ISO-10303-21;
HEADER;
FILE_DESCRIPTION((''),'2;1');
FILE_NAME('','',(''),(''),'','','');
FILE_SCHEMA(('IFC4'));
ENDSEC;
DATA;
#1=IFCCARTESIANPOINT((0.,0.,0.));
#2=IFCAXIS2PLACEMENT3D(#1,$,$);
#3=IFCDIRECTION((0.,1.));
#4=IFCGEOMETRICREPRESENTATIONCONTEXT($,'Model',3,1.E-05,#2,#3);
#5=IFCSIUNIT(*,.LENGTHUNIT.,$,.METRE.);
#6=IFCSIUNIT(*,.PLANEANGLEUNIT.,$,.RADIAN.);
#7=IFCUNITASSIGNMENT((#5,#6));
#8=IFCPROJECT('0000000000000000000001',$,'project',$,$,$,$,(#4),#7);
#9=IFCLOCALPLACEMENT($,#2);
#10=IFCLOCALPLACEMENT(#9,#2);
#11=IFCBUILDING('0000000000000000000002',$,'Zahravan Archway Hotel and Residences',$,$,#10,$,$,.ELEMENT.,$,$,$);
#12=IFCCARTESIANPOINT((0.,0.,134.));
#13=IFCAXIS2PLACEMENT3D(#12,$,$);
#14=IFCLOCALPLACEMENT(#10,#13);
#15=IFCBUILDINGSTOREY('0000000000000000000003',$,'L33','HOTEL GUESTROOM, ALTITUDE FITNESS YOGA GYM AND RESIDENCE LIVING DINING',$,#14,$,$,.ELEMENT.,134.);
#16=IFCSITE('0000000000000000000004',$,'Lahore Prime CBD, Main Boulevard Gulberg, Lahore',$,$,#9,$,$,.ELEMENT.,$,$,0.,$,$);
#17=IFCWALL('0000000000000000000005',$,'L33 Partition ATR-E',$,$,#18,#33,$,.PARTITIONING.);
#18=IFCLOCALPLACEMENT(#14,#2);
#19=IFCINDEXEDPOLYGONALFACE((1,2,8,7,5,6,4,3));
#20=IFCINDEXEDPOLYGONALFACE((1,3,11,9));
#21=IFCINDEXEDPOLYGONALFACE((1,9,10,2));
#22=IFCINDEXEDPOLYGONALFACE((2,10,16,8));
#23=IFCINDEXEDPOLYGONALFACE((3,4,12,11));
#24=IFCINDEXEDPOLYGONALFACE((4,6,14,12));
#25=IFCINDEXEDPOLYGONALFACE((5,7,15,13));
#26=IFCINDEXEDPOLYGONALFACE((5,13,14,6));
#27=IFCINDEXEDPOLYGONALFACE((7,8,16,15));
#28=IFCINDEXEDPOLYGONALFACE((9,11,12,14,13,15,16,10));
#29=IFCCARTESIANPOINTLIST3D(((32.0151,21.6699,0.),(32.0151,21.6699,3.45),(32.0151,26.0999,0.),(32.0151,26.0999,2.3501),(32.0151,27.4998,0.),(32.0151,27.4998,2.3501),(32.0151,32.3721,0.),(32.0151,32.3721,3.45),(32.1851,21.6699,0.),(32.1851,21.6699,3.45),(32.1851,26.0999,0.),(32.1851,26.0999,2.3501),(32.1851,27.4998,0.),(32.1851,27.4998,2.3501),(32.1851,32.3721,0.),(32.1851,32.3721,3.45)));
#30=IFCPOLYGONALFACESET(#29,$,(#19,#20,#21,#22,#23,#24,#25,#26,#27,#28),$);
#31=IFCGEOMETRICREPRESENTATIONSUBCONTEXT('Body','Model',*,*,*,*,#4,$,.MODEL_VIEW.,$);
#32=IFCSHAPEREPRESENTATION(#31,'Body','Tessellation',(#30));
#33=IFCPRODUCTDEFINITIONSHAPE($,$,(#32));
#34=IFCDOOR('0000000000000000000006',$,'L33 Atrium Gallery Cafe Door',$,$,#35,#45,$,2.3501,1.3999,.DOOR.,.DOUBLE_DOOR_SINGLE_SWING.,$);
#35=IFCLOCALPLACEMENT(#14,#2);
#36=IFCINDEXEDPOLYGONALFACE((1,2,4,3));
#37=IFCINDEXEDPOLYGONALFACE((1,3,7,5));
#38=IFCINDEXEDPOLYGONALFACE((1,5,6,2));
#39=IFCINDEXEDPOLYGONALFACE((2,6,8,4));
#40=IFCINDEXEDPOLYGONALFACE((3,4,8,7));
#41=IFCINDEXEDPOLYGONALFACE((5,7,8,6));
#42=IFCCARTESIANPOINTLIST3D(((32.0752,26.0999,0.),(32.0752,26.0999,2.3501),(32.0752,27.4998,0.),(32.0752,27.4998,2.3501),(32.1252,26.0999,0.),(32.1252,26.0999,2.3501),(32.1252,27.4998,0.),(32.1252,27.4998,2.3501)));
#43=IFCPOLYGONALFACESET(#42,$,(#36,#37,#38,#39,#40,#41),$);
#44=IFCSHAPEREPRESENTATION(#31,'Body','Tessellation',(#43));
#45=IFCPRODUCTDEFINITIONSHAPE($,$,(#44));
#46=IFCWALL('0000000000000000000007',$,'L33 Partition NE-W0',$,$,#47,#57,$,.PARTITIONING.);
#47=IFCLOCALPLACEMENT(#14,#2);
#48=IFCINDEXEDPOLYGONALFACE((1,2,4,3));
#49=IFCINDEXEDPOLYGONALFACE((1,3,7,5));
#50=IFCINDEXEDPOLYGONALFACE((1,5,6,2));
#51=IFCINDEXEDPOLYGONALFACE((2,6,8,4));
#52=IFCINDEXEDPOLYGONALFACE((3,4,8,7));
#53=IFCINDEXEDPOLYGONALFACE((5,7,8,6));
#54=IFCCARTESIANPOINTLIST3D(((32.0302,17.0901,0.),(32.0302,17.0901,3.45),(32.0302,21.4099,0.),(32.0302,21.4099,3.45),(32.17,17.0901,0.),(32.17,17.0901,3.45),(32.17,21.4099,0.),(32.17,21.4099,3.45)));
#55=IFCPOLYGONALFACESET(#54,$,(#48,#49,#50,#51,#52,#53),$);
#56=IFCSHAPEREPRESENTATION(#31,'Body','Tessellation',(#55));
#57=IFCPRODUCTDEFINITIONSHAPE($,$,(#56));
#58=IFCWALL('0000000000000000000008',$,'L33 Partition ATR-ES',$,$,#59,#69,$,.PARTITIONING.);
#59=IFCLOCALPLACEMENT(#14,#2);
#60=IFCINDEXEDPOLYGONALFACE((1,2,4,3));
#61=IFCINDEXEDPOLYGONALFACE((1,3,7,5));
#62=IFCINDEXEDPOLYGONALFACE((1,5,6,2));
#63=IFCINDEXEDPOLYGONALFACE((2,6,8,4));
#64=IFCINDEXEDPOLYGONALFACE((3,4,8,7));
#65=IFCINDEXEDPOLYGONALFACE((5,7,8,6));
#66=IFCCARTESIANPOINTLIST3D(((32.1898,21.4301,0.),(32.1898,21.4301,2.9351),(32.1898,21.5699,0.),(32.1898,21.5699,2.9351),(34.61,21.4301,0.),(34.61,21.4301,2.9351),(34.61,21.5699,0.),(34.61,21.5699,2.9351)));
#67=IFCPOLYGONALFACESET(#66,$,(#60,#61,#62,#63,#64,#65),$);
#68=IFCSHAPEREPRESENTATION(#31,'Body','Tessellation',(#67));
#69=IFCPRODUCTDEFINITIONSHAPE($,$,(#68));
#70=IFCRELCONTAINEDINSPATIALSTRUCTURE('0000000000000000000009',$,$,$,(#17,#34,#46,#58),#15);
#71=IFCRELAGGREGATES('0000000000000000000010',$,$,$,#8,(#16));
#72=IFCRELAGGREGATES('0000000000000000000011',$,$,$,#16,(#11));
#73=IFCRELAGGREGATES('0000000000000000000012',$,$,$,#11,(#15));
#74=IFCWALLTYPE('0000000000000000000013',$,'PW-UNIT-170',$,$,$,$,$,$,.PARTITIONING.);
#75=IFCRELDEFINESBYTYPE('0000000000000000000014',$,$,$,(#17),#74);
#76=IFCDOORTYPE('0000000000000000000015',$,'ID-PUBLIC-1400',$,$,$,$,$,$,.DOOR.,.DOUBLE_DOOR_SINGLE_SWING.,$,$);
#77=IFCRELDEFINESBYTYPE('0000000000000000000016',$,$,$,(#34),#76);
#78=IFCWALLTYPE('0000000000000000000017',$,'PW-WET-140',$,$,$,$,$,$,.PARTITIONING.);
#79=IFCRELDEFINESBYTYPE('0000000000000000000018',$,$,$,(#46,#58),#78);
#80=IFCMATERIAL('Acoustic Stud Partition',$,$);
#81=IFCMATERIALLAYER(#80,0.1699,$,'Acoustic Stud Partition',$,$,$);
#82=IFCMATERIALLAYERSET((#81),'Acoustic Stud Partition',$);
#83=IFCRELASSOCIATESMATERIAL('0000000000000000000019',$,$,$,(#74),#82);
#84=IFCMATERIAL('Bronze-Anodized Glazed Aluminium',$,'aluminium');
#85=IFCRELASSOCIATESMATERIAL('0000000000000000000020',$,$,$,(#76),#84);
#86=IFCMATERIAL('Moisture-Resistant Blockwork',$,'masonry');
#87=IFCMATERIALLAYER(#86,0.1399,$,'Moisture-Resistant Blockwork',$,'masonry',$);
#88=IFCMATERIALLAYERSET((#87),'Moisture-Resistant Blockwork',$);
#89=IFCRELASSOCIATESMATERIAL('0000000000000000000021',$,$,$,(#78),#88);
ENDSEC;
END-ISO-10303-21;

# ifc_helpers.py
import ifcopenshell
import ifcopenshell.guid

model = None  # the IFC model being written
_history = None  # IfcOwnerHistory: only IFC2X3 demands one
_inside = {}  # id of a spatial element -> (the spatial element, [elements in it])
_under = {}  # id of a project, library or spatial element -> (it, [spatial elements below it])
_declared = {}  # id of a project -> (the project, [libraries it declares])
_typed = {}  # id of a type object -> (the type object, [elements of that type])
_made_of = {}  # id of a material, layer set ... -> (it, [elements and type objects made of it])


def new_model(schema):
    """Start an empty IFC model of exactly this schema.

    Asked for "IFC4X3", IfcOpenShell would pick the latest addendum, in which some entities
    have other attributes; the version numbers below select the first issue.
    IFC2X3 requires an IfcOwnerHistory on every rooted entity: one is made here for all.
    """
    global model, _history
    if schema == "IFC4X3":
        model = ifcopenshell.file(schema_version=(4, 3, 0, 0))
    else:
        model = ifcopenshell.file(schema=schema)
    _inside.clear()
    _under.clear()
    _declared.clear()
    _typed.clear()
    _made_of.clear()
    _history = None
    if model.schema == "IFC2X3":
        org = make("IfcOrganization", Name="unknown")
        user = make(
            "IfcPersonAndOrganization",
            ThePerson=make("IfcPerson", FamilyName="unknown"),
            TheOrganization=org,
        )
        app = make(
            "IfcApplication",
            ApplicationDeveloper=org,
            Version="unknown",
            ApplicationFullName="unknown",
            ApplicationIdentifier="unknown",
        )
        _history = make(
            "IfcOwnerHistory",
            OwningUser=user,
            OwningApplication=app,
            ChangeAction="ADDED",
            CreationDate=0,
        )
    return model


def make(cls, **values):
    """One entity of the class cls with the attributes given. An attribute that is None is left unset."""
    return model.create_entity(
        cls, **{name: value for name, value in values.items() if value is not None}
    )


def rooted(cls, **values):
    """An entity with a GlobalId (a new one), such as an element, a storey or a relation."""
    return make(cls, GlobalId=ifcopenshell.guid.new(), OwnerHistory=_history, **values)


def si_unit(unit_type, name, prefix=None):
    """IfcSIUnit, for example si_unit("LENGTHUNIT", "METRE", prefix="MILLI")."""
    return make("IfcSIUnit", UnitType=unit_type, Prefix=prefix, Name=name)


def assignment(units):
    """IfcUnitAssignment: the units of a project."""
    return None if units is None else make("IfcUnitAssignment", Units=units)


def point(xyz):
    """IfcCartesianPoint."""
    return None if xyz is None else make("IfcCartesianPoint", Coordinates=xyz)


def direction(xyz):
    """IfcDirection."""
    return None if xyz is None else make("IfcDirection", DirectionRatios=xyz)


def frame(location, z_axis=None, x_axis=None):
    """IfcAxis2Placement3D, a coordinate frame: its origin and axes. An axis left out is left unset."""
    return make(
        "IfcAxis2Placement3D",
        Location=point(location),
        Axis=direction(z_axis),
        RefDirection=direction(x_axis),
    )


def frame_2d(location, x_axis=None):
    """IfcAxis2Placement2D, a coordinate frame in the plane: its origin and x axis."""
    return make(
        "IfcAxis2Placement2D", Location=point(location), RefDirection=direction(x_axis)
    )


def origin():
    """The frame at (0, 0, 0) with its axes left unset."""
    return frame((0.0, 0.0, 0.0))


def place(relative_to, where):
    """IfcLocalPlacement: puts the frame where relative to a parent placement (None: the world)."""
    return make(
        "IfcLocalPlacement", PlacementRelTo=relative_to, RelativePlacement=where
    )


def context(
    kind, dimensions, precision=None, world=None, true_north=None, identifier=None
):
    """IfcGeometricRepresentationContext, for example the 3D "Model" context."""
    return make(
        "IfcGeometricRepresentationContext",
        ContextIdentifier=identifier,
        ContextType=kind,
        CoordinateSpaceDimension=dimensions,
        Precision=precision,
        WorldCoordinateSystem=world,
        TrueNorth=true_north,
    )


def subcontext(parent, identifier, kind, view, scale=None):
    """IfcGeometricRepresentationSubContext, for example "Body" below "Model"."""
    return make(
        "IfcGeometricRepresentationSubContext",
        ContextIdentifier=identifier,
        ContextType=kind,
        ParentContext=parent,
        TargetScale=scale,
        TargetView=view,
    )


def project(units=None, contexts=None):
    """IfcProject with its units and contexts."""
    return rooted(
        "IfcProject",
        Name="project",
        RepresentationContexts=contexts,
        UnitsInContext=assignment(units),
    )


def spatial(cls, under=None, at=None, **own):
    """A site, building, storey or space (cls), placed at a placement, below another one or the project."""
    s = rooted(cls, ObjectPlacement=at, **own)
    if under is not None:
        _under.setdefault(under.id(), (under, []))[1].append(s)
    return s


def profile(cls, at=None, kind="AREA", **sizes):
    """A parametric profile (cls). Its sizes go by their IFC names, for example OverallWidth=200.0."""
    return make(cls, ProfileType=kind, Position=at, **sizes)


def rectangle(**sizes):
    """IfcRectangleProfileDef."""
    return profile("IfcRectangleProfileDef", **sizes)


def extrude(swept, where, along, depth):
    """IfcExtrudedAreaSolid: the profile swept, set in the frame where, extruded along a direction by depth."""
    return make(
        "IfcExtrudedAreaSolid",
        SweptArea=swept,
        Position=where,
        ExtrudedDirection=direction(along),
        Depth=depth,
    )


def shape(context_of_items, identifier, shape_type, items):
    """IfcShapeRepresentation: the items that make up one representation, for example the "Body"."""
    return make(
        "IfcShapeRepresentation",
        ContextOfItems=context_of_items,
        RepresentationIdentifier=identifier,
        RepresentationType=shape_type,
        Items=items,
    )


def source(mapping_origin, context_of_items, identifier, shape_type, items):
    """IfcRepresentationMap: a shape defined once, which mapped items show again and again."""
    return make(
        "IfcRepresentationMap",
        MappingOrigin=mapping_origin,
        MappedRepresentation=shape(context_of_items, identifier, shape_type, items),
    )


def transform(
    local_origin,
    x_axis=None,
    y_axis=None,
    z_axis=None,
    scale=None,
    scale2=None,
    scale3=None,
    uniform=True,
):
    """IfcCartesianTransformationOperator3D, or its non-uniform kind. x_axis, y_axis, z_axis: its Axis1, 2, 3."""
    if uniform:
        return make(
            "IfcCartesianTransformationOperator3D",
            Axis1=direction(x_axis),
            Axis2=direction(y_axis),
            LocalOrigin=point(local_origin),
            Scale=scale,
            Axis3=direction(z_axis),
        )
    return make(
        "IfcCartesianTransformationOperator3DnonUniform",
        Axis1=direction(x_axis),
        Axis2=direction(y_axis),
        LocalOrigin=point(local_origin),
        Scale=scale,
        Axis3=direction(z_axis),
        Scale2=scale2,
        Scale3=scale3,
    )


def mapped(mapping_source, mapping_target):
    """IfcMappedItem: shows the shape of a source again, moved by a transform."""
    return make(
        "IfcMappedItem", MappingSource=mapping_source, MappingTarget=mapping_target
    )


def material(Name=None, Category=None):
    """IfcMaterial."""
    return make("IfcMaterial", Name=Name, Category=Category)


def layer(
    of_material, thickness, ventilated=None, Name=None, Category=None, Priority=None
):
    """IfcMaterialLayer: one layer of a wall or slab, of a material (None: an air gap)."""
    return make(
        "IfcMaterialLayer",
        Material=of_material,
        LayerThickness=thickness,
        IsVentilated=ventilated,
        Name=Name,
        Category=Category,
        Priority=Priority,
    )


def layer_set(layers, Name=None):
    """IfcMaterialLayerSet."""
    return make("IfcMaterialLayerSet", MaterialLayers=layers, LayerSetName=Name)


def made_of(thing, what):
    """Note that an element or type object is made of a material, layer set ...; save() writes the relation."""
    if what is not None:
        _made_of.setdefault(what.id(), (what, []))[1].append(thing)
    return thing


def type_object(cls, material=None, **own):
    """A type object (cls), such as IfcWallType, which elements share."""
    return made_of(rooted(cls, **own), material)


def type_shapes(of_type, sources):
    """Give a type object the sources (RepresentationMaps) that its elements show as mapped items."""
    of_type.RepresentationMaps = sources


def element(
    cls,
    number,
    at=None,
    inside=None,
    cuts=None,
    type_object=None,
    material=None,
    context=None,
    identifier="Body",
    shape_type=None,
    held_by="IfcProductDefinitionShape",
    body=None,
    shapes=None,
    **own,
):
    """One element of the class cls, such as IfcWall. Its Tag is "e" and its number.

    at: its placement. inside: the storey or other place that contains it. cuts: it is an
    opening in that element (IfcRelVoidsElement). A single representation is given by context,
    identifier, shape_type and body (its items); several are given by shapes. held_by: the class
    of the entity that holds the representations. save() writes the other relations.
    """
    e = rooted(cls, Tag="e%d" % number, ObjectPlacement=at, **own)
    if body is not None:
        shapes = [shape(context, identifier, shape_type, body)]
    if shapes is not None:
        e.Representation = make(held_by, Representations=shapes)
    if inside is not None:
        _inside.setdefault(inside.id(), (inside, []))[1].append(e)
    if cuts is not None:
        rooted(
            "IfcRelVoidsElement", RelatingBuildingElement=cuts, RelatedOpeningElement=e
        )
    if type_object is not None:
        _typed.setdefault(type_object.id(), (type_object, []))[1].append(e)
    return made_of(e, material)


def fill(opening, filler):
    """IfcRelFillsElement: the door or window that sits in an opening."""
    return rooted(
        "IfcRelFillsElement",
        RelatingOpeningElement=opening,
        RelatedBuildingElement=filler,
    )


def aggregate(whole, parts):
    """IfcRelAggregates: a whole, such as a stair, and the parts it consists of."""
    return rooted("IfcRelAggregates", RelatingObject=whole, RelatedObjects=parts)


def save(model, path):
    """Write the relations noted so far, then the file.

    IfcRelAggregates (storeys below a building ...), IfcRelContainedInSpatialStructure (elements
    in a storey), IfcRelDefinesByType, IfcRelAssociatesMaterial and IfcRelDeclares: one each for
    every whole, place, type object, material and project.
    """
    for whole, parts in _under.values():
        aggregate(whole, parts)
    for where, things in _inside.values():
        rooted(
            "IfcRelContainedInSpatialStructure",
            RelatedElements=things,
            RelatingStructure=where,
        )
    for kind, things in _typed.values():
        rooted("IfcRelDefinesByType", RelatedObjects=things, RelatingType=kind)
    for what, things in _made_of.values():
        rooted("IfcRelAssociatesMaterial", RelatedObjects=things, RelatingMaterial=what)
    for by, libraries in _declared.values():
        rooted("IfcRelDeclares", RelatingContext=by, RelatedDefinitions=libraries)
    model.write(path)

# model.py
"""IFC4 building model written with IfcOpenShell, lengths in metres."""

from ifc_helpers import new_model, si_unit, direction, frame, frame_2d, origin, place, context, subcontext, project, spatial, rectangle, extrude, source, transform, mapped, material, layer, layer_set, type_object, type_shapes, element, fill, save


model = new_model("IFC4")

# Units and contexts
model_context = context("Model", 3, precision=1e-05, world=origin(), true_north=direction((0.0, 1.0)))
body_context = subcontext(model_context, "Body", "Model", "MODEL_VIEW")
ifc_project = project(units=[si_unit("LENGTHUNIT", "METRE"), si_unit("PLANEANGLEUNIT", "RADIAN")], contexts=[model_context])

# Site, building, storey
site_placement = place(None, origin())
site = spatial("IfcSite", under=ifc_project, at=site_placement, Name="Lahore Prime CBD, Main Boulevard Gulberg, Lahore", CompositionType="ELEMENT", RefElevation=0.0)
building_placement = place(site_placement, origin())
building = spatial("IfcBuilding", under=site, at=building_placement, Name="Zahravan Archway Hotel and Residences", CompositionType="ELEMENT")
storey_placement = place(building_placement, frame((0.0, 0.0, 134.0)))
storey = spatial("IfcBuildingStorey", under=building, at=storey_placement, Name="L33", Description="HOTEL GUESTROOM, ALTITUDE FITNESS YOGA GYM AND RESIDENCE LIVING DINING", CompositionType="ELEMENT", Elevation=134.0)

# Shared definitions
ifc_material_1 = material(Name="Bronze-Anodized Glazed Aluminium", Category="aluminium")

# Wall, opening, door
ifc_material_2 = material(Name="Acoustic Stud Partition")
ifc_layer_1 = layer(ifc_material_2, 0.1699, Name="Acoustic Stud Partition")
ifc_layer_set_1 = layer_set([ifc_layer_1], Name="Acoustic Stud Partition")
wall_type_1 = type_object("IfcWallType", Name="PW-UNIT-170", PredefinedType="PARTITIONING", material=ifc_layer_set_1)
wall_1_placement = place(storey_placement, frame((32.1001, 21.6699, 0.0), z_axis=(0.0, 0.0, 1.0), x_axis=(0.0, 1.0, 0.0)))
wall_1 = element("IfcWall", 1, at=wall_1_placement, inside=storey, type_object=wall_type_1, Name="L33 Partition ATR-E", PredefinedType="PARTITIONING", context=body_context, shape_type="SweptSolid", body=[
    extrude(rectangle(XDim=10.7021, YDim=0.1699, at=frame_2d((5.3511, 0.0))), origin(), (0.0, 0.0, 1.0), 3.45),
])
opening_1_placement = place(wall_1_placement, frame((4.4299, 0.0, 0.0)))
opening_1 = element("IfcOpeningElement", 2, at=opening_1_placement, cuts=wall_1, PredefinedType="OPENING", context=body_context, shape_type="SweptSolid", body=[
    extrude(rectangle(XDim=1.3999, YDim=2.3501, at=frame_2d((0.7, 1.175))), frame((0.0, 0.095, 0.0), z_axis=(0.0, -1.0, 0.0), x_axis=(1.0, 0.0, 0.0)), (0.0, 0.0, 1.0), 0.1899),
])
door_type_1 = type_object("IfcDoorType", Name="ID-PUBLIC-1400", OperationType="DOUBLE_DOOR_SINGLE_SWING", PredefinedType="DOOR", material=ifc_material_1)
shared_shape_1 = source(origin(), body_context, "Body", "SweptSolid", [
    extrude(rectangle(XDim=1.3999, YDim=2.3501, at=frame_2d((0.7, 1.175))), frame((0.0, 0.0249, 0.0), z_axis=(0.0, -1.0, 0.0), x_axis=(1.0, 0.0, 0.0)), (0.0, 0.0, 1.0), 0.05),
])
type_shapes(door_type_1, [shared_shape_1])
door_1_placement = place(opening_1_placement, origin())
door_1 = element("IfcDoor", 3, at=door_1_placement, inside=storey, type_object=door_type_1, Name="L33 Atrium Gallery Cafe Door", OperationType="DOUBLE_DOOR_SINGLE_SWING", OverallHeight=2.3501, OverallWidth=1.3999, PredefinedType="DOOR", context=body_context, shape_type="MappedRepresentation", body=[
    mapped(shared_shape_1, transform((0.0, 0.0, 0.0), scale=1.0)),
])
fill(opening_1, door_1)

# Walls
ifc_material_3 = material(Name="Moisture-Resistant Blockwork", Category="masonry")
ifc_layer_2 = layer(ifc_material_3, 0.1399, Name="Moisture-Resistant Blockwork", Category="masonry")
ifc_layer_set_2 = layer_set([ifc_layer_2], Name="Moisture-Resistant Blockwork")
wall_type_2 = type_object("IfcWallType", Name="PW-WET-140", PredefinedType="PARTITIONING", material=ifc_layer_set_2)
wall_2_placement = place(storey_placement, frame((32.1001, 17.0901, 0.0), z_axis=(0.0, 0.0, 1.0), x_axis=(0.0, 1.0, 0.0)))
element("IfcWall", 4, at=wall_2_placement, inside=storey, type_object=wall_type_2, Name="L33 Partition NE-W0", PredefinedType="PARTITIONING", context=body_context, shape_type="SweptSolid", body=[
    extrude(rectangle(XDim=4.3198, YDim=0.1399, at=frame_2d((2.1599, 0.0))), origin(), (0.0, 0.0, 1.0), 3.45),
])
wall_3_placement = place(storey_placement, frame((32.1899, 21.5, 0.0), z_axis=(0.0, 0.0, 1.0), x_axis=(1.0, 0.0, 0.0)))
element("IfcWall", 5, at=wall_3_placement, inside=storey, type_object=wall_type_2, Name="L33 Partition ATR-ES", PredefinedType="PARTITIONING", context=body_context, shape_type="SweptSolid", body=[
    extrude(rectangle(XDim=2.4202, YDim=0.1399, at=frame_2d((1.21, 0.0))), origin(), (0.0, 0.0, 1.0), 2.9351),
])

save(model, "model.ifc")
